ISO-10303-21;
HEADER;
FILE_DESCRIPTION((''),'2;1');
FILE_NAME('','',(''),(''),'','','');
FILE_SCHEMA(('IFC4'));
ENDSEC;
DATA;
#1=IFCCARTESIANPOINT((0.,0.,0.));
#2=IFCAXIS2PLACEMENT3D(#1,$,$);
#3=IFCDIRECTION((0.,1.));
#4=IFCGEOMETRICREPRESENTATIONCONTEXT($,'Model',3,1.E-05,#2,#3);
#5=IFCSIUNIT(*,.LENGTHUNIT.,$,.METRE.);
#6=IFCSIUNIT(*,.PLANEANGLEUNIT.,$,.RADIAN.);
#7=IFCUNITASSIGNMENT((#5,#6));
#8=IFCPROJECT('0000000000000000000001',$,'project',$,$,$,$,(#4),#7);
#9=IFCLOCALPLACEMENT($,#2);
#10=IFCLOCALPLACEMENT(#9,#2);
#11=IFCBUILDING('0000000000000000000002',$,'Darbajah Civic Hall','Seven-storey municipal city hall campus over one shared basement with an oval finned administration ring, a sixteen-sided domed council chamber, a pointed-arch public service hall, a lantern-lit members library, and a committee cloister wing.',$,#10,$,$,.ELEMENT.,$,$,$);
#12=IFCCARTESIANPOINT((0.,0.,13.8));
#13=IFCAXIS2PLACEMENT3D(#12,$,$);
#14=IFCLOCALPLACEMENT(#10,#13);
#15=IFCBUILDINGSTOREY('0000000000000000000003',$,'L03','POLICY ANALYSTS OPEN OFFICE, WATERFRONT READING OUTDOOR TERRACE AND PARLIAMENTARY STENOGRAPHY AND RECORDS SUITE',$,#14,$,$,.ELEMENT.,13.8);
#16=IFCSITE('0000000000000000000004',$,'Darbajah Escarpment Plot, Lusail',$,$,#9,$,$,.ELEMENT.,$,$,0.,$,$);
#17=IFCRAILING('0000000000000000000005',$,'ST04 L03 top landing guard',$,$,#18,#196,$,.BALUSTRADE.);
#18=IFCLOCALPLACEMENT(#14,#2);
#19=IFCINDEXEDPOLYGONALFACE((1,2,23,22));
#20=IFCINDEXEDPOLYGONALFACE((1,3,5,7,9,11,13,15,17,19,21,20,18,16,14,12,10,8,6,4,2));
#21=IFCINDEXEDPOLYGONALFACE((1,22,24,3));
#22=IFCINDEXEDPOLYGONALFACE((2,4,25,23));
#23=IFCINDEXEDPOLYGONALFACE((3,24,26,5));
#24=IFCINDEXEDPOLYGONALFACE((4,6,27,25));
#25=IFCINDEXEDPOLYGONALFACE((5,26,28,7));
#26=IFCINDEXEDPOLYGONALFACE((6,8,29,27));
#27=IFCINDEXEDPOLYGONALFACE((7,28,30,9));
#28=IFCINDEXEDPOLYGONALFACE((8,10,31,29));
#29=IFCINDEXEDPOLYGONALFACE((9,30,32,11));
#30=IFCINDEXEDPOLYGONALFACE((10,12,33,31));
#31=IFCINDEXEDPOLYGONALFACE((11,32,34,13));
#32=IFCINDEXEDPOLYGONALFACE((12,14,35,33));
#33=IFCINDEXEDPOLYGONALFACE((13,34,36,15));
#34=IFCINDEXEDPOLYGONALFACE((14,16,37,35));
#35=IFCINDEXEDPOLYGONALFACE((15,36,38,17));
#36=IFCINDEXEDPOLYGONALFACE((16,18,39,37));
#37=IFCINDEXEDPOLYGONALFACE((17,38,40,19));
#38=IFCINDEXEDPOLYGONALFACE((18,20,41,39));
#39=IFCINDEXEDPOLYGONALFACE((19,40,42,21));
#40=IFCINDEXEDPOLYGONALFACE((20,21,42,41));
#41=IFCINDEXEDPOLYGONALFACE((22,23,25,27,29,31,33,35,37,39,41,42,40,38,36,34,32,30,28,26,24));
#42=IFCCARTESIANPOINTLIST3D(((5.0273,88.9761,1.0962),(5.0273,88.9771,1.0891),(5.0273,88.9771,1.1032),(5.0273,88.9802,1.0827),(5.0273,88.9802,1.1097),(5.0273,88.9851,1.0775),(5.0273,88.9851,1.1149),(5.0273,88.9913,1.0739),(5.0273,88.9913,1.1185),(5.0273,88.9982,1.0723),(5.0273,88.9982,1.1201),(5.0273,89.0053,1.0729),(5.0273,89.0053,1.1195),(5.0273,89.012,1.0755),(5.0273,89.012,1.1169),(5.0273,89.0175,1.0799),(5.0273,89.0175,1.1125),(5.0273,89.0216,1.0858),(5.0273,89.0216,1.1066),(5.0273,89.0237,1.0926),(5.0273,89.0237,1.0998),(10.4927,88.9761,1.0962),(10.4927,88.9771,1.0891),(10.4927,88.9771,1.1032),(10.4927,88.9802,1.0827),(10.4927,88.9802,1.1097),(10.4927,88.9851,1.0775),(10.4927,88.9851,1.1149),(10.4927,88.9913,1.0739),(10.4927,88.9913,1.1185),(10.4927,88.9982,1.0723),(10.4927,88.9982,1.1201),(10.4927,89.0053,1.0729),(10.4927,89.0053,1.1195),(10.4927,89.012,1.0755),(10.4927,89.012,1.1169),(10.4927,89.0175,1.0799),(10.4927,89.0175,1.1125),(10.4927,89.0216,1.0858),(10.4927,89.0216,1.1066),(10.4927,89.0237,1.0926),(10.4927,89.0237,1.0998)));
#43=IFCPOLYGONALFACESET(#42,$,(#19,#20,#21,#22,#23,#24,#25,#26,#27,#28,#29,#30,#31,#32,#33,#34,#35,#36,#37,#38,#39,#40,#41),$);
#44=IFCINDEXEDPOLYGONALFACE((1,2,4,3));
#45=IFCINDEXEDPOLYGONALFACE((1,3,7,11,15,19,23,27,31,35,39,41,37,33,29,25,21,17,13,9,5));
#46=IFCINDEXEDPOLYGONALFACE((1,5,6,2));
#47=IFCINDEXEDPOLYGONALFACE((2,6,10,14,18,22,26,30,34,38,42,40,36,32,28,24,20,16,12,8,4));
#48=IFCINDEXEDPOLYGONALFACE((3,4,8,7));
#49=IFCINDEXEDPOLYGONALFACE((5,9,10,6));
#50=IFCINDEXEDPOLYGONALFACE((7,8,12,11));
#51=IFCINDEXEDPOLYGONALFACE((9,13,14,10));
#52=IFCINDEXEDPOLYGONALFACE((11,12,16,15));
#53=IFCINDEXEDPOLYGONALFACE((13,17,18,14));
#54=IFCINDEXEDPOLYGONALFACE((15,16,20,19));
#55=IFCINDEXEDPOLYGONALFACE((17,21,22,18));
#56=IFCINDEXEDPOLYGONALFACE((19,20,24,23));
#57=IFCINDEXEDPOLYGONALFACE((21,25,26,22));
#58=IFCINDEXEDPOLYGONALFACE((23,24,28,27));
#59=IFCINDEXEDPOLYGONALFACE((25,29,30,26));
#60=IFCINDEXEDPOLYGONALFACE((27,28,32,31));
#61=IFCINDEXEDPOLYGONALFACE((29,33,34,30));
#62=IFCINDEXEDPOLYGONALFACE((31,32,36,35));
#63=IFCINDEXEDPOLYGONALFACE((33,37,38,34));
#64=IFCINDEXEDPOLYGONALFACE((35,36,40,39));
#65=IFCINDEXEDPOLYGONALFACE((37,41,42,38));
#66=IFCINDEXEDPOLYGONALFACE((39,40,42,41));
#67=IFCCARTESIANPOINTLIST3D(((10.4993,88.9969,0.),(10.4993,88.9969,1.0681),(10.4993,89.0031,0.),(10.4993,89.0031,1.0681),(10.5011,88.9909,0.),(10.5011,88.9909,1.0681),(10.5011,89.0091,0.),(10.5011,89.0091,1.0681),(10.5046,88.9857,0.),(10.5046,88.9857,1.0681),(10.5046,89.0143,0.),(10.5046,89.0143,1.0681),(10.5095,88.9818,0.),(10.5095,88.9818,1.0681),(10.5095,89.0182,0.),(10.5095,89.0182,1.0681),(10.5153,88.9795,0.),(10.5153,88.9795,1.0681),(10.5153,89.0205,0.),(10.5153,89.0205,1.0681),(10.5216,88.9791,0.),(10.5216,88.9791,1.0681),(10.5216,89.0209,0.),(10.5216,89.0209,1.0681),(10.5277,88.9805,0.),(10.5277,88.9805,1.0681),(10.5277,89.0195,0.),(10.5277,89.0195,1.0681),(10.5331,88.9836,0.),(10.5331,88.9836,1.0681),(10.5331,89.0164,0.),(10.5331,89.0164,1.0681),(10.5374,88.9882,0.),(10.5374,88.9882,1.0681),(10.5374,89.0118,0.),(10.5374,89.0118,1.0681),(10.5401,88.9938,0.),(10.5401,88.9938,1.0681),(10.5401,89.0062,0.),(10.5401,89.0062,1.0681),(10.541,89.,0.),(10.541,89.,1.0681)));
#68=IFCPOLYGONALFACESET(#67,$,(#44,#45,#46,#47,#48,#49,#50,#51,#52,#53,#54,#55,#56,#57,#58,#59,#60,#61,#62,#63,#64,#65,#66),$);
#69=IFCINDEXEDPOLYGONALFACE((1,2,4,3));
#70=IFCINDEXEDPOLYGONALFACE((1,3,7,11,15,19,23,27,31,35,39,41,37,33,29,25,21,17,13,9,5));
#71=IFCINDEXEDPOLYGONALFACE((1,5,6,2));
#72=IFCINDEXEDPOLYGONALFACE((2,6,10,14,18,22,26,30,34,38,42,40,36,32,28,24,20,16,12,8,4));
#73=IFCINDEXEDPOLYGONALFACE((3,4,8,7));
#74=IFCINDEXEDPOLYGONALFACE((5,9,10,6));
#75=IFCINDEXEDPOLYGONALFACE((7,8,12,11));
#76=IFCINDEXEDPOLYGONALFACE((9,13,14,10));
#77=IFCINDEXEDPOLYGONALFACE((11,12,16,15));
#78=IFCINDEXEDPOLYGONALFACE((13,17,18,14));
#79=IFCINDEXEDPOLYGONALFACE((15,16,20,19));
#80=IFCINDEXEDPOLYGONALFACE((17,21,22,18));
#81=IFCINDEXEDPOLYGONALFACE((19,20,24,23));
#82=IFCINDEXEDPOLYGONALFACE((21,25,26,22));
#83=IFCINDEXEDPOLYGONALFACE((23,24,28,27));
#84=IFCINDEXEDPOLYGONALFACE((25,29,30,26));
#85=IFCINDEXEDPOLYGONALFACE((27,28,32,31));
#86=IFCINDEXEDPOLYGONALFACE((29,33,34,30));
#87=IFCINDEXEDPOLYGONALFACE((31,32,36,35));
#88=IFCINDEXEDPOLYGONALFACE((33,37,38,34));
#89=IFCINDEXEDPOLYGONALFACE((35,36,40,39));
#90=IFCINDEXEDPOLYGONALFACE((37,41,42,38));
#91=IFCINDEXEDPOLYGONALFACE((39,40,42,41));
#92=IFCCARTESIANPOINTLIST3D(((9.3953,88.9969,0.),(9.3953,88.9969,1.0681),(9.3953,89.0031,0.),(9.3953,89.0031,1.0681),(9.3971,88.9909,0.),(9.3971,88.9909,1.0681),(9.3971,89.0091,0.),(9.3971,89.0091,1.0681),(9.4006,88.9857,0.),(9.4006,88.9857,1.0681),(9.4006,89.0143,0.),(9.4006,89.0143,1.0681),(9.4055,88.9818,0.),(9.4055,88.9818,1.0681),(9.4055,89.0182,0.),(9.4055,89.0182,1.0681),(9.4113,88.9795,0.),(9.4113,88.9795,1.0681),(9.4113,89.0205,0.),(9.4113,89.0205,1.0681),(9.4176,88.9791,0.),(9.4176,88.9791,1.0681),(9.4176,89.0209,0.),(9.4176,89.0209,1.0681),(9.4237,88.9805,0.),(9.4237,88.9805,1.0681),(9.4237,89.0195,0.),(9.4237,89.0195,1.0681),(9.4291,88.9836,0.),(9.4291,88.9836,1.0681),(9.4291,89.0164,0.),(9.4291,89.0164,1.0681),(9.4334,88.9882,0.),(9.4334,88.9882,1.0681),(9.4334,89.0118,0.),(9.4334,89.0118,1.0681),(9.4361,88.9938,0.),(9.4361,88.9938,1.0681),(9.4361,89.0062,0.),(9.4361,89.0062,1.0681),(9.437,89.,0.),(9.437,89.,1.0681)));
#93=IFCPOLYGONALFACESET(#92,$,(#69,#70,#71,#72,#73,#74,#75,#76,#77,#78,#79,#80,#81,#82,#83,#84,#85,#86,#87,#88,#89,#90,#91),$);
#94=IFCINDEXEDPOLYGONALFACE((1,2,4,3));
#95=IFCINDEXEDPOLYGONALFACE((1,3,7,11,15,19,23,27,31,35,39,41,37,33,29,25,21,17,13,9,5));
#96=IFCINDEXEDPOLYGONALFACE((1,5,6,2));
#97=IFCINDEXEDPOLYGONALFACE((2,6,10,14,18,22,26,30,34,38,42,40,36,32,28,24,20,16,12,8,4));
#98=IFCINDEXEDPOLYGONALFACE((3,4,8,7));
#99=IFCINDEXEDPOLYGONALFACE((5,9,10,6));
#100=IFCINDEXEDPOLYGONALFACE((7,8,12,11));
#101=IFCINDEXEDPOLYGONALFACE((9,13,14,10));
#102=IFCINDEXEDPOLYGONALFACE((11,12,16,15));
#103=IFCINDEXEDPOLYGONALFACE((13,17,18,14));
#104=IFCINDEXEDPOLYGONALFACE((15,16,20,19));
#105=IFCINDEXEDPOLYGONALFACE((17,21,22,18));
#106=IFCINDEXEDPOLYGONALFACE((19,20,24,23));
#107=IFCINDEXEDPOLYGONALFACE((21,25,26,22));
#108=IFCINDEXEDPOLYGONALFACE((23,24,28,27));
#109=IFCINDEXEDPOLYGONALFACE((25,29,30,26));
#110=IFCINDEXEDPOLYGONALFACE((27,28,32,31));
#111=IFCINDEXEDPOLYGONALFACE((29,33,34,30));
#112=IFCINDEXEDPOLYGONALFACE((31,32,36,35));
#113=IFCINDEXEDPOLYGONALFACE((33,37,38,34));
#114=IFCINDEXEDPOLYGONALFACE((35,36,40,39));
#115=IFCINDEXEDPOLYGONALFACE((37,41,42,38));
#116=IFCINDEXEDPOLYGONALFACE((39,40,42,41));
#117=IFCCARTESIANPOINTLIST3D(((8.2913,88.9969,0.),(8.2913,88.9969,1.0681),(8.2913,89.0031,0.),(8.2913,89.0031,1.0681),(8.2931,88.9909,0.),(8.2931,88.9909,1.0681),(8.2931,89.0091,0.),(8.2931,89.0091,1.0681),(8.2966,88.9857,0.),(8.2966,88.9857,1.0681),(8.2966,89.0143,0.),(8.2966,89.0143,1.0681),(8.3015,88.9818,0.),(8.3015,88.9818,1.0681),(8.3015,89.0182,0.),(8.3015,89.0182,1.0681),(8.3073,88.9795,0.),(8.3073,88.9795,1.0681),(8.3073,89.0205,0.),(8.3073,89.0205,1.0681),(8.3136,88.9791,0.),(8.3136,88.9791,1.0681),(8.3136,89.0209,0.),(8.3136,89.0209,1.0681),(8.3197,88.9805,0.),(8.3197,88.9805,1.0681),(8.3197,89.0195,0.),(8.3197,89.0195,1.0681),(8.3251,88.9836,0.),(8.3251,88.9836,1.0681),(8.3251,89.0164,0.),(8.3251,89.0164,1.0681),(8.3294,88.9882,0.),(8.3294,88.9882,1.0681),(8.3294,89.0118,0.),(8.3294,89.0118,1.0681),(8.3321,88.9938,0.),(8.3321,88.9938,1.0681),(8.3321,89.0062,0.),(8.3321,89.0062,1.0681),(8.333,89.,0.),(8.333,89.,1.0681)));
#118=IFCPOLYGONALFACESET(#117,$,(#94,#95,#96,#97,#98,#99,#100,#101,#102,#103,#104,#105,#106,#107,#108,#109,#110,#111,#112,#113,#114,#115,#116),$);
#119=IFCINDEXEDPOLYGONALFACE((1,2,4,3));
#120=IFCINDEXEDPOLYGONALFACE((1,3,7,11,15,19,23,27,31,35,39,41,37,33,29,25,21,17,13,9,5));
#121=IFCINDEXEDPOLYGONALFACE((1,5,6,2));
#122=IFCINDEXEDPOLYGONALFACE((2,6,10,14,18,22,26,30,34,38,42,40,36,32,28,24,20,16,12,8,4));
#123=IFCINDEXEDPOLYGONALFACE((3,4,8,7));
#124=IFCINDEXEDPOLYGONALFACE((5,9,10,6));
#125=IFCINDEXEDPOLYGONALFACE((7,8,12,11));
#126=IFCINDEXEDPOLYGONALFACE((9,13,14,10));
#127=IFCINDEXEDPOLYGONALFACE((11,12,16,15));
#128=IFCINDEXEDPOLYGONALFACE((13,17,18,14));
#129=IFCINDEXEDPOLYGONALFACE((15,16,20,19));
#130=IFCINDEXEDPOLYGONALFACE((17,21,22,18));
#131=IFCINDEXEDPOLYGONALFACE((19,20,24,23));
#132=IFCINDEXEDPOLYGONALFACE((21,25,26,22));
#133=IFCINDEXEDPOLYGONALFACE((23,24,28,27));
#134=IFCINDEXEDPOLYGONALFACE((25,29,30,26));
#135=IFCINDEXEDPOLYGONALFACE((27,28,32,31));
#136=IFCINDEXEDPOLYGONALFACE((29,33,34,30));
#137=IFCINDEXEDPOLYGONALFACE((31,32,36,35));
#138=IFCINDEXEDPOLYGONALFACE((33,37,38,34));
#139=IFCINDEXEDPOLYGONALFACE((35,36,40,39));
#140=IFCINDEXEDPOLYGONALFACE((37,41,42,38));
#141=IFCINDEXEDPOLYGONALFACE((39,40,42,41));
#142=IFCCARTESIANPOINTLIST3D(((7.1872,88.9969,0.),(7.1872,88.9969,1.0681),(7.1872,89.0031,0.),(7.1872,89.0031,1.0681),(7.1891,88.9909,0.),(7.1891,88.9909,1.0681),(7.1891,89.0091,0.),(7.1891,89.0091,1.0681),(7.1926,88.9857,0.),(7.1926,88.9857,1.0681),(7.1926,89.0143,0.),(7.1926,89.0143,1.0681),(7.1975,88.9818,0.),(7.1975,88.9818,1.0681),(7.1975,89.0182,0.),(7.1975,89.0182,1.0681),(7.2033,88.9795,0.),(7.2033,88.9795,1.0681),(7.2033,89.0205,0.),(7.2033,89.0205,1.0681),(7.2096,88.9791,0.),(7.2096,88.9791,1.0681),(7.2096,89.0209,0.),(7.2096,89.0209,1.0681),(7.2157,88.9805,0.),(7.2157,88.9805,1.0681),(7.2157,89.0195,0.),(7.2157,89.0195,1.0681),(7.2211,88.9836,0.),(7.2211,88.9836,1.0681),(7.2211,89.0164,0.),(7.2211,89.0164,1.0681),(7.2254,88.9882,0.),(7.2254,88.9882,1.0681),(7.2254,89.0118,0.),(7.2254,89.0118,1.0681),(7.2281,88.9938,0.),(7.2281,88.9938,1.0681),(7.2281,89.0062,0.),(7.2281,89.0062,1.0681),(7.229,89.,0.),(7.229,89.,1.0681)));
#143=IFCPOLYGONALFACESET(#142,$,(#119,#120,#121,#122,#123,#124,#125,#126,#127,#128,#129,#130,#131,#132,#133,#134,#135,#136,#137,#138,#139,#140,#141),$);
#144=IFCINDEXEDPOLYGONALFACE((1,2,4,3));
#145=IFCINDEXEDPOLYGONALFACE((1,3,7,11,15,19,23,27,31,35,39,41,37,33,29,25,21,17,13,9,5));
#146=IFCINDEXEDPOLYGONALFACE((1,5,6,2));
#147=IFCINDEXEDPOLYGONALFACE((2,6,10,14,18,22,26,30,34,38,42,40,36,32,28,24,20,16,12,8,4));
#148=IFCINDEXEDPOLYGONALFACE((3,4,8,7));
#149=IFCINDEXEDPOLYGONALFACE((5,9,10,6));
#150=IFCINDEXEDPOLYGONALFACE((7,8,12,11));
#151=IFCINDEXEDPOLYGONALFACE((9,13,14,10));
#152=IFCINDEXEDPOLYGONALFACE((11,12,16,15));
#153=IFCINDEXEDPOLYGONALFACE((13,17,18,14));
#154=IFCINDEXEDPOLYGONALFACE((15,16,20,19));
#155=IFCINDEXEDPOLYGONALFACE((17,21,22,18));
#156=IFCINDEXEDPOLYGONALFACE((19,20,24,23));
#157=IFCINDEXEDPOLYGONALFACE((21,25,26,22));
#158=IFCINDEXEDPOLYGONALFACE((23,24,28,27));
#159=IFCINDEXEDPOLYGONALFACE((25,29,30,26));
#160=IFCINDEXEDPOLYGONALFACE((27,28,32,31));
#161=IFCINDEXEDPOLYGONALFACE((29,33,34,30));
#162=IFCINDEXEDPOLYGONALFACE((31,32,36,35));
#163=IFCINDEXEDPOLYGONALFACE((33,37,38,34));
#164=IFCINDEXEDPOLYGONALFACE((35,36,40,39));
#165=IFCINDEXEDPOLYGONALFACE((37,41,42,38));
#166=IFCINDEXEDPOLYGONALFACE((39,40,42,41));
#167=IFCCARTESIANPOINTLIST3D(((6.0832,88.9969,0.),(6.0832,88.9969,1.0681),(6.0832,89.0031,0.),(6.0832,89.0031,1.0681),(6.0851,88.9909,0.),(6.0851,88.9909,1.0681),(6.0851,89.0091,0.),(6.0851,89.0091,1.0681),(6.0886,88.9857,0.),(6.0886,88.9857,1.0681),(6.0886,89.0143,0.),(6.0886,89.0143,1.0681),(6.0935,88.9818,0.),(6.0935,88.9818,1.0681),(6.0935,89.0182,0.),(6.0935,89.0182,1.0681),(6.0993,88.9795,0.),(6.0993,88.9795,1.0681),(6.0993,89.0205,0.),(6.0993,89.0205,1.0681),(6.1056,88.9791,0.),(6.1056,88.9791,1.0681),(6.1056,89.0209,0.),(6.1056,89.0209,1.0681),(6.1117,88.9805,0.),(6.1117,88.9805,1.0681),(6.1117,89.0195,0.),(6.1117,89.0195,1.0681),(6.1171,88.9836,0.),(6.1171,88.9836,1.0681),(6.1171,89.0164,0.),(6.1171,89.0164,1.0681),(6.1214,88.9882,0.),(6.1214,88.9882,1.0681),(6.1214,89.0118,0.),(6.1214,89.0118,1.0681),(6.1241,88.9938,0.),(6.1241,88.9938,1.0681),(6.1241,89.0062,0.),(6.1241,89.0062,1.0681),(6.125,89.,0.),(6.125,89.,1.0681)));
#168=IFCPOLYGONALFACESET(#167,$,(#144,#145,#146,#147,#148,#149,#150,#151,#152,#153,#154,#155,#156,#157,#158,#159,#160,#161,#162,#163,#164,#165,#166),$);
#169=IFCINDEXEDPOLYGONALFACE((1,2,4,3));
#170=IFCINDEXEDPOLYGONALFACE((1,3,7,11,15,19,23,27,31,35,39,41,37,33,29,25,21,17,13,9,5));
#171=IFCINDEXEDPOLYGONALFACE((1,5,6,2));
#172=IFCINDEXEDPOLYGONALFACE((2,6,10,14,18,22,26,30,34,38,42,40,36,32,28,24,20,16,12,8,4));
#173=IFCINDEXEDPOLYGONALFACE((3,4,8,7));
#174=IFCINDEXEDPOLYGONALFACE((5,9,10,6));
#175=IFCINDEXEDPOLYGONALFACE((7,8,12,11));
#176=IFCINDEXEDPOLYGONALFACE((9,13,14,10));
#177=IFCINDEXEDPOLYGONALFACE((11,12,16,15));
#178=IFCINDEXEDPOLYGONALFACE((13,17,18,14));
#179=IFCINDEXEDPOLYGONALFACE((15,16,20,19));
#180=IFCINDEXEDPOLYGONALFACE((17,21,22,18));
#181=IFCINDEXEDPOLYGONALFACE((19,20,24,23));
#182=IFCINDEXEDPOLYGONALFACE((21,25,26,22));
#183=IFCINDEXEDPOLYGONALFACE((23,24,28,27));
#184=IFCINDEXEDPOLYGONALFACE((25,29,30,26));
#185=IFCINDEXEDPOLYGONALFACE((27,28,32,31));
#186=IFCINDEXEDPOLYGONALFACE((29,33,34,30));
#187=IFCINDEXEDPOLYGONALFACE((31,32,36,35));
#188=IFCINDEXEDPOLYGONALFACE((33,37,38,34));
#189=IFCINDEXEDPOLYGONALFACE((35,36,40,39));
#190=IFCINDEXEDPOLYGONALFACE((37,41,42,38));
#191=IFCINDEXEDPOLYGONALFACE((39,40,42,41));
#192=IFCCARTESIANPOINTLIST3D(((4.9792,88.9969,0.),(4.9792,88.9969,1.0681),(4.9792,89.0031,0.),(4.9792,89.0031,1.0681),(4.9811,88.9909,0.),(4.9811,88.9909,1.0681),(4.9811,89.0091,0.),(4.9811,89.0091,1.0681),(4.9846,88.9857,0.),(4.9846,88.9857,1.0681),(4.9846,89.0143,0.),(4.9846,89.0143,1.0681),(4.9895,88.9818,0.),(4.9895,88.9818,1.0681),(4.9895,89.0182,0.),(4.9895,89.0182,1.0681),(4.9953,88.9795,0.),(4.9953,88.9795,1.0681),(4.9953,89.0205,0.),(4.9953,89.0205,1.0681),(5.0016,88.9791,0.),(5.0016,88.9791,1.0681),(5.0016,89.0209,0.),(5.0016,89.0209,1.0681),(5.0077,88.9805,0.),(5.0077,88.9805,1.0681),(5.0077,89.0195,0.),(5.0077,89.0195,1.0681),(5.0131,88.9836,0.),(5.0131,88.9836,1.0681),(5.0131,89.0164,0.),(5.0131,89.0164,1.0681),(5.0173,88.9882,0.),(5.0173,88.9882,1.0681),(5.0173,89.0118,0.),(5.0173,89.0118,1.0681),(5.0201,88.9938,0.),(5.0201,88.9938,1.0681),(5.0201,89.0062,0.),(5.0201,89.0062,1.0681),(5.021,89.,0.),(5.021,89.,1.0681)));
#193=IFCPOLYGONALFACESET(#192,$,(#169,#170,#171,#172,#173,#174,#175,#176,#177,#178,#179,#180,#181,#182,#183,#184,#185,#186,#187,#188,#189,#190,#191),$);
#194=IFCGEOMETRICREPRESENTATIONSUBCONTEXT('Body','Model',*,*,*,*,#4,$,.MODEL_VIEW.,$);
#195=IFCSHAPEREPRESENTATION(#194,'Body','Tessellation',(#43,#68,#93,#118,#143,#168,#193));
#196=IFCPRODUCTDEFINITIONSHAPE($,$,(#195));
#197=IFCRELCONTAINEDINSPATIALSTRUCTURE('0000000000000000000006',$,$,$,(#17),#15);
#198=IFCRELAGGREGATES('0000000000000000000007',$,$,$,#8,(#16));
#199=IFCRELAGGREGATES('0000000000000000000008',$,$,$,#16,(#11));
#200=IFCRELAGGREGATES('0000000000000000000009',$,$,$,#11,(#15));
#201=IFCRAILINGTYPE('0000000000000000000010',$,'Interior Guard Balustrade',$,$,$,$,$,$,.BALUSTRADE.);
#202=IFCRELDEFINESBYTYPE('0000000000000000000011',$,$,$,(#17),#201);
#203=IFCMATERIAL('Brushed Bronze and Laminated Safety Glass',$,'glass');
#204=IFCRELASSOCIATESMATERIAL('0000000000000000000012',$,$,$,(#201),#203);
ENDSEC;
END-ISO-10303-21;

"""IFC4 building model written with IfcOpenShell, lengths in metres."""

from ifc_helpers import new_model, si_unit, direction, frame, origin, origin_2d, place, context, subcontext, project, spatial, circle, extrude, material, type_object, element, save


model = new_model("IFC4")

# Units and contexts
model_context = context("Model", 3, precision=1e-05, world=origin(), true_north=direction((0.0, 1.0)))
body_context = subcontext(model_context, "Body", "Model", "MODEL_VIEW")
ifc_project = project(units=[si_unit("LENGTHUNIT", "METRE"), si_unit("PLANEANGLEUNIT", "RADIAN")], contexts=[model_context])

# Site, building, storey
site_placement = place(None, origin())
site = spatial("IfcSite", under=ifc_project, at=site_placement, Name="Darbajah Escarpment Plot, Lusail", CompositionType="ELEMENT", RefElevation=0.0)
building_placement = place(site_placement, origin())
building = spatial("IfcBuilding", under=site, at=building_placement, Name="Darbajah Civic Hall", Description="Seven-storey municipal city hall campus over one shared basement with an oval finned administration ring, a sixteen-sided domed council chamber, a pointed-arch public service hall, a lantern-lit members library, and a committee cloister wing.", CompositionType="ELEMENT")
storey_placement = place(building_placement, frame((0.0, 0.0, 13.8)))
storey = spatial("IfcBuildingStorey", under=building, at=storey_placement, Name="L03", Description="POLICY ANALYSTS OPEN OFFICE, WATERFRONT READING OUTDOOR TERRACE AND PARLIAMENTARY STENOGRAPHY AND RECORDS SUITE", CompositionType="ELEMENT", Elevation=13.8)

# Railing
ifc_material_1 = material(Name="Brushed Bronze and Laminated Safety Glass", Category="glass")
railing_type = type_object("IfcRailingType", Name="Interior Guard Balustrade", PredefinedType="BALUSTRADE", material=ifc_material_1)
railing_1_placement = place(storey_placement, frame((10.52, 89.0, 0.0)))
element("IfcRailing", 1, at=railing_1_placement, inside=storey, type_object=railing_type, Name="ST04 L03 top landing guard", PredefinedType="BALUSTRADE", context=body_context, shape_type="SweptSolid", body=[
    extrude(circle(Radius=0.0239, at=origin_2d()), frame((-0.0273, 0.0, 1.0962), z_axis=(-1.0, 0.0, 0.0), x_axis=(0.0, -1.0, 0.0)), (0.0, 0.0, 1.0), 5.4653),
    extrude(circle(Radius=0.021, at=origin_2d()), origin(), (0.0, 0.0, 1.0), 1.0681),
    extrude(circle(Radius=0.021, at=origin_2d()), frame((-1.104, 0.0, 0.0)), (0.0, 0.0, 1.0), 1.0681),
    extrude(circle(Radius=0.021, at=origin_2d()), frame((-2.208, 0.0, 0.0)), (0.0, 0.0, 1.0), 1.0681),
    extrude(circle(Radius=0.021, at=origin_2d()), frame((-3.312, 0.0, 0.0)), (0.0, 0.0, 1.0), 1.0681),
    extrude(circle(Radius=0.021, at=origin_2d()), frame((-4.416, 0.0, 0.0)), (0.0, 0.0, 1.0), 1.0681),
    extrude(circle(Radius=0.021, at=origin_2d()), frame((-5.52, 0.0, 0.0)), (0.0, 0.0, 1.0), 1.0681),
])

save(model, "model.ifc")
